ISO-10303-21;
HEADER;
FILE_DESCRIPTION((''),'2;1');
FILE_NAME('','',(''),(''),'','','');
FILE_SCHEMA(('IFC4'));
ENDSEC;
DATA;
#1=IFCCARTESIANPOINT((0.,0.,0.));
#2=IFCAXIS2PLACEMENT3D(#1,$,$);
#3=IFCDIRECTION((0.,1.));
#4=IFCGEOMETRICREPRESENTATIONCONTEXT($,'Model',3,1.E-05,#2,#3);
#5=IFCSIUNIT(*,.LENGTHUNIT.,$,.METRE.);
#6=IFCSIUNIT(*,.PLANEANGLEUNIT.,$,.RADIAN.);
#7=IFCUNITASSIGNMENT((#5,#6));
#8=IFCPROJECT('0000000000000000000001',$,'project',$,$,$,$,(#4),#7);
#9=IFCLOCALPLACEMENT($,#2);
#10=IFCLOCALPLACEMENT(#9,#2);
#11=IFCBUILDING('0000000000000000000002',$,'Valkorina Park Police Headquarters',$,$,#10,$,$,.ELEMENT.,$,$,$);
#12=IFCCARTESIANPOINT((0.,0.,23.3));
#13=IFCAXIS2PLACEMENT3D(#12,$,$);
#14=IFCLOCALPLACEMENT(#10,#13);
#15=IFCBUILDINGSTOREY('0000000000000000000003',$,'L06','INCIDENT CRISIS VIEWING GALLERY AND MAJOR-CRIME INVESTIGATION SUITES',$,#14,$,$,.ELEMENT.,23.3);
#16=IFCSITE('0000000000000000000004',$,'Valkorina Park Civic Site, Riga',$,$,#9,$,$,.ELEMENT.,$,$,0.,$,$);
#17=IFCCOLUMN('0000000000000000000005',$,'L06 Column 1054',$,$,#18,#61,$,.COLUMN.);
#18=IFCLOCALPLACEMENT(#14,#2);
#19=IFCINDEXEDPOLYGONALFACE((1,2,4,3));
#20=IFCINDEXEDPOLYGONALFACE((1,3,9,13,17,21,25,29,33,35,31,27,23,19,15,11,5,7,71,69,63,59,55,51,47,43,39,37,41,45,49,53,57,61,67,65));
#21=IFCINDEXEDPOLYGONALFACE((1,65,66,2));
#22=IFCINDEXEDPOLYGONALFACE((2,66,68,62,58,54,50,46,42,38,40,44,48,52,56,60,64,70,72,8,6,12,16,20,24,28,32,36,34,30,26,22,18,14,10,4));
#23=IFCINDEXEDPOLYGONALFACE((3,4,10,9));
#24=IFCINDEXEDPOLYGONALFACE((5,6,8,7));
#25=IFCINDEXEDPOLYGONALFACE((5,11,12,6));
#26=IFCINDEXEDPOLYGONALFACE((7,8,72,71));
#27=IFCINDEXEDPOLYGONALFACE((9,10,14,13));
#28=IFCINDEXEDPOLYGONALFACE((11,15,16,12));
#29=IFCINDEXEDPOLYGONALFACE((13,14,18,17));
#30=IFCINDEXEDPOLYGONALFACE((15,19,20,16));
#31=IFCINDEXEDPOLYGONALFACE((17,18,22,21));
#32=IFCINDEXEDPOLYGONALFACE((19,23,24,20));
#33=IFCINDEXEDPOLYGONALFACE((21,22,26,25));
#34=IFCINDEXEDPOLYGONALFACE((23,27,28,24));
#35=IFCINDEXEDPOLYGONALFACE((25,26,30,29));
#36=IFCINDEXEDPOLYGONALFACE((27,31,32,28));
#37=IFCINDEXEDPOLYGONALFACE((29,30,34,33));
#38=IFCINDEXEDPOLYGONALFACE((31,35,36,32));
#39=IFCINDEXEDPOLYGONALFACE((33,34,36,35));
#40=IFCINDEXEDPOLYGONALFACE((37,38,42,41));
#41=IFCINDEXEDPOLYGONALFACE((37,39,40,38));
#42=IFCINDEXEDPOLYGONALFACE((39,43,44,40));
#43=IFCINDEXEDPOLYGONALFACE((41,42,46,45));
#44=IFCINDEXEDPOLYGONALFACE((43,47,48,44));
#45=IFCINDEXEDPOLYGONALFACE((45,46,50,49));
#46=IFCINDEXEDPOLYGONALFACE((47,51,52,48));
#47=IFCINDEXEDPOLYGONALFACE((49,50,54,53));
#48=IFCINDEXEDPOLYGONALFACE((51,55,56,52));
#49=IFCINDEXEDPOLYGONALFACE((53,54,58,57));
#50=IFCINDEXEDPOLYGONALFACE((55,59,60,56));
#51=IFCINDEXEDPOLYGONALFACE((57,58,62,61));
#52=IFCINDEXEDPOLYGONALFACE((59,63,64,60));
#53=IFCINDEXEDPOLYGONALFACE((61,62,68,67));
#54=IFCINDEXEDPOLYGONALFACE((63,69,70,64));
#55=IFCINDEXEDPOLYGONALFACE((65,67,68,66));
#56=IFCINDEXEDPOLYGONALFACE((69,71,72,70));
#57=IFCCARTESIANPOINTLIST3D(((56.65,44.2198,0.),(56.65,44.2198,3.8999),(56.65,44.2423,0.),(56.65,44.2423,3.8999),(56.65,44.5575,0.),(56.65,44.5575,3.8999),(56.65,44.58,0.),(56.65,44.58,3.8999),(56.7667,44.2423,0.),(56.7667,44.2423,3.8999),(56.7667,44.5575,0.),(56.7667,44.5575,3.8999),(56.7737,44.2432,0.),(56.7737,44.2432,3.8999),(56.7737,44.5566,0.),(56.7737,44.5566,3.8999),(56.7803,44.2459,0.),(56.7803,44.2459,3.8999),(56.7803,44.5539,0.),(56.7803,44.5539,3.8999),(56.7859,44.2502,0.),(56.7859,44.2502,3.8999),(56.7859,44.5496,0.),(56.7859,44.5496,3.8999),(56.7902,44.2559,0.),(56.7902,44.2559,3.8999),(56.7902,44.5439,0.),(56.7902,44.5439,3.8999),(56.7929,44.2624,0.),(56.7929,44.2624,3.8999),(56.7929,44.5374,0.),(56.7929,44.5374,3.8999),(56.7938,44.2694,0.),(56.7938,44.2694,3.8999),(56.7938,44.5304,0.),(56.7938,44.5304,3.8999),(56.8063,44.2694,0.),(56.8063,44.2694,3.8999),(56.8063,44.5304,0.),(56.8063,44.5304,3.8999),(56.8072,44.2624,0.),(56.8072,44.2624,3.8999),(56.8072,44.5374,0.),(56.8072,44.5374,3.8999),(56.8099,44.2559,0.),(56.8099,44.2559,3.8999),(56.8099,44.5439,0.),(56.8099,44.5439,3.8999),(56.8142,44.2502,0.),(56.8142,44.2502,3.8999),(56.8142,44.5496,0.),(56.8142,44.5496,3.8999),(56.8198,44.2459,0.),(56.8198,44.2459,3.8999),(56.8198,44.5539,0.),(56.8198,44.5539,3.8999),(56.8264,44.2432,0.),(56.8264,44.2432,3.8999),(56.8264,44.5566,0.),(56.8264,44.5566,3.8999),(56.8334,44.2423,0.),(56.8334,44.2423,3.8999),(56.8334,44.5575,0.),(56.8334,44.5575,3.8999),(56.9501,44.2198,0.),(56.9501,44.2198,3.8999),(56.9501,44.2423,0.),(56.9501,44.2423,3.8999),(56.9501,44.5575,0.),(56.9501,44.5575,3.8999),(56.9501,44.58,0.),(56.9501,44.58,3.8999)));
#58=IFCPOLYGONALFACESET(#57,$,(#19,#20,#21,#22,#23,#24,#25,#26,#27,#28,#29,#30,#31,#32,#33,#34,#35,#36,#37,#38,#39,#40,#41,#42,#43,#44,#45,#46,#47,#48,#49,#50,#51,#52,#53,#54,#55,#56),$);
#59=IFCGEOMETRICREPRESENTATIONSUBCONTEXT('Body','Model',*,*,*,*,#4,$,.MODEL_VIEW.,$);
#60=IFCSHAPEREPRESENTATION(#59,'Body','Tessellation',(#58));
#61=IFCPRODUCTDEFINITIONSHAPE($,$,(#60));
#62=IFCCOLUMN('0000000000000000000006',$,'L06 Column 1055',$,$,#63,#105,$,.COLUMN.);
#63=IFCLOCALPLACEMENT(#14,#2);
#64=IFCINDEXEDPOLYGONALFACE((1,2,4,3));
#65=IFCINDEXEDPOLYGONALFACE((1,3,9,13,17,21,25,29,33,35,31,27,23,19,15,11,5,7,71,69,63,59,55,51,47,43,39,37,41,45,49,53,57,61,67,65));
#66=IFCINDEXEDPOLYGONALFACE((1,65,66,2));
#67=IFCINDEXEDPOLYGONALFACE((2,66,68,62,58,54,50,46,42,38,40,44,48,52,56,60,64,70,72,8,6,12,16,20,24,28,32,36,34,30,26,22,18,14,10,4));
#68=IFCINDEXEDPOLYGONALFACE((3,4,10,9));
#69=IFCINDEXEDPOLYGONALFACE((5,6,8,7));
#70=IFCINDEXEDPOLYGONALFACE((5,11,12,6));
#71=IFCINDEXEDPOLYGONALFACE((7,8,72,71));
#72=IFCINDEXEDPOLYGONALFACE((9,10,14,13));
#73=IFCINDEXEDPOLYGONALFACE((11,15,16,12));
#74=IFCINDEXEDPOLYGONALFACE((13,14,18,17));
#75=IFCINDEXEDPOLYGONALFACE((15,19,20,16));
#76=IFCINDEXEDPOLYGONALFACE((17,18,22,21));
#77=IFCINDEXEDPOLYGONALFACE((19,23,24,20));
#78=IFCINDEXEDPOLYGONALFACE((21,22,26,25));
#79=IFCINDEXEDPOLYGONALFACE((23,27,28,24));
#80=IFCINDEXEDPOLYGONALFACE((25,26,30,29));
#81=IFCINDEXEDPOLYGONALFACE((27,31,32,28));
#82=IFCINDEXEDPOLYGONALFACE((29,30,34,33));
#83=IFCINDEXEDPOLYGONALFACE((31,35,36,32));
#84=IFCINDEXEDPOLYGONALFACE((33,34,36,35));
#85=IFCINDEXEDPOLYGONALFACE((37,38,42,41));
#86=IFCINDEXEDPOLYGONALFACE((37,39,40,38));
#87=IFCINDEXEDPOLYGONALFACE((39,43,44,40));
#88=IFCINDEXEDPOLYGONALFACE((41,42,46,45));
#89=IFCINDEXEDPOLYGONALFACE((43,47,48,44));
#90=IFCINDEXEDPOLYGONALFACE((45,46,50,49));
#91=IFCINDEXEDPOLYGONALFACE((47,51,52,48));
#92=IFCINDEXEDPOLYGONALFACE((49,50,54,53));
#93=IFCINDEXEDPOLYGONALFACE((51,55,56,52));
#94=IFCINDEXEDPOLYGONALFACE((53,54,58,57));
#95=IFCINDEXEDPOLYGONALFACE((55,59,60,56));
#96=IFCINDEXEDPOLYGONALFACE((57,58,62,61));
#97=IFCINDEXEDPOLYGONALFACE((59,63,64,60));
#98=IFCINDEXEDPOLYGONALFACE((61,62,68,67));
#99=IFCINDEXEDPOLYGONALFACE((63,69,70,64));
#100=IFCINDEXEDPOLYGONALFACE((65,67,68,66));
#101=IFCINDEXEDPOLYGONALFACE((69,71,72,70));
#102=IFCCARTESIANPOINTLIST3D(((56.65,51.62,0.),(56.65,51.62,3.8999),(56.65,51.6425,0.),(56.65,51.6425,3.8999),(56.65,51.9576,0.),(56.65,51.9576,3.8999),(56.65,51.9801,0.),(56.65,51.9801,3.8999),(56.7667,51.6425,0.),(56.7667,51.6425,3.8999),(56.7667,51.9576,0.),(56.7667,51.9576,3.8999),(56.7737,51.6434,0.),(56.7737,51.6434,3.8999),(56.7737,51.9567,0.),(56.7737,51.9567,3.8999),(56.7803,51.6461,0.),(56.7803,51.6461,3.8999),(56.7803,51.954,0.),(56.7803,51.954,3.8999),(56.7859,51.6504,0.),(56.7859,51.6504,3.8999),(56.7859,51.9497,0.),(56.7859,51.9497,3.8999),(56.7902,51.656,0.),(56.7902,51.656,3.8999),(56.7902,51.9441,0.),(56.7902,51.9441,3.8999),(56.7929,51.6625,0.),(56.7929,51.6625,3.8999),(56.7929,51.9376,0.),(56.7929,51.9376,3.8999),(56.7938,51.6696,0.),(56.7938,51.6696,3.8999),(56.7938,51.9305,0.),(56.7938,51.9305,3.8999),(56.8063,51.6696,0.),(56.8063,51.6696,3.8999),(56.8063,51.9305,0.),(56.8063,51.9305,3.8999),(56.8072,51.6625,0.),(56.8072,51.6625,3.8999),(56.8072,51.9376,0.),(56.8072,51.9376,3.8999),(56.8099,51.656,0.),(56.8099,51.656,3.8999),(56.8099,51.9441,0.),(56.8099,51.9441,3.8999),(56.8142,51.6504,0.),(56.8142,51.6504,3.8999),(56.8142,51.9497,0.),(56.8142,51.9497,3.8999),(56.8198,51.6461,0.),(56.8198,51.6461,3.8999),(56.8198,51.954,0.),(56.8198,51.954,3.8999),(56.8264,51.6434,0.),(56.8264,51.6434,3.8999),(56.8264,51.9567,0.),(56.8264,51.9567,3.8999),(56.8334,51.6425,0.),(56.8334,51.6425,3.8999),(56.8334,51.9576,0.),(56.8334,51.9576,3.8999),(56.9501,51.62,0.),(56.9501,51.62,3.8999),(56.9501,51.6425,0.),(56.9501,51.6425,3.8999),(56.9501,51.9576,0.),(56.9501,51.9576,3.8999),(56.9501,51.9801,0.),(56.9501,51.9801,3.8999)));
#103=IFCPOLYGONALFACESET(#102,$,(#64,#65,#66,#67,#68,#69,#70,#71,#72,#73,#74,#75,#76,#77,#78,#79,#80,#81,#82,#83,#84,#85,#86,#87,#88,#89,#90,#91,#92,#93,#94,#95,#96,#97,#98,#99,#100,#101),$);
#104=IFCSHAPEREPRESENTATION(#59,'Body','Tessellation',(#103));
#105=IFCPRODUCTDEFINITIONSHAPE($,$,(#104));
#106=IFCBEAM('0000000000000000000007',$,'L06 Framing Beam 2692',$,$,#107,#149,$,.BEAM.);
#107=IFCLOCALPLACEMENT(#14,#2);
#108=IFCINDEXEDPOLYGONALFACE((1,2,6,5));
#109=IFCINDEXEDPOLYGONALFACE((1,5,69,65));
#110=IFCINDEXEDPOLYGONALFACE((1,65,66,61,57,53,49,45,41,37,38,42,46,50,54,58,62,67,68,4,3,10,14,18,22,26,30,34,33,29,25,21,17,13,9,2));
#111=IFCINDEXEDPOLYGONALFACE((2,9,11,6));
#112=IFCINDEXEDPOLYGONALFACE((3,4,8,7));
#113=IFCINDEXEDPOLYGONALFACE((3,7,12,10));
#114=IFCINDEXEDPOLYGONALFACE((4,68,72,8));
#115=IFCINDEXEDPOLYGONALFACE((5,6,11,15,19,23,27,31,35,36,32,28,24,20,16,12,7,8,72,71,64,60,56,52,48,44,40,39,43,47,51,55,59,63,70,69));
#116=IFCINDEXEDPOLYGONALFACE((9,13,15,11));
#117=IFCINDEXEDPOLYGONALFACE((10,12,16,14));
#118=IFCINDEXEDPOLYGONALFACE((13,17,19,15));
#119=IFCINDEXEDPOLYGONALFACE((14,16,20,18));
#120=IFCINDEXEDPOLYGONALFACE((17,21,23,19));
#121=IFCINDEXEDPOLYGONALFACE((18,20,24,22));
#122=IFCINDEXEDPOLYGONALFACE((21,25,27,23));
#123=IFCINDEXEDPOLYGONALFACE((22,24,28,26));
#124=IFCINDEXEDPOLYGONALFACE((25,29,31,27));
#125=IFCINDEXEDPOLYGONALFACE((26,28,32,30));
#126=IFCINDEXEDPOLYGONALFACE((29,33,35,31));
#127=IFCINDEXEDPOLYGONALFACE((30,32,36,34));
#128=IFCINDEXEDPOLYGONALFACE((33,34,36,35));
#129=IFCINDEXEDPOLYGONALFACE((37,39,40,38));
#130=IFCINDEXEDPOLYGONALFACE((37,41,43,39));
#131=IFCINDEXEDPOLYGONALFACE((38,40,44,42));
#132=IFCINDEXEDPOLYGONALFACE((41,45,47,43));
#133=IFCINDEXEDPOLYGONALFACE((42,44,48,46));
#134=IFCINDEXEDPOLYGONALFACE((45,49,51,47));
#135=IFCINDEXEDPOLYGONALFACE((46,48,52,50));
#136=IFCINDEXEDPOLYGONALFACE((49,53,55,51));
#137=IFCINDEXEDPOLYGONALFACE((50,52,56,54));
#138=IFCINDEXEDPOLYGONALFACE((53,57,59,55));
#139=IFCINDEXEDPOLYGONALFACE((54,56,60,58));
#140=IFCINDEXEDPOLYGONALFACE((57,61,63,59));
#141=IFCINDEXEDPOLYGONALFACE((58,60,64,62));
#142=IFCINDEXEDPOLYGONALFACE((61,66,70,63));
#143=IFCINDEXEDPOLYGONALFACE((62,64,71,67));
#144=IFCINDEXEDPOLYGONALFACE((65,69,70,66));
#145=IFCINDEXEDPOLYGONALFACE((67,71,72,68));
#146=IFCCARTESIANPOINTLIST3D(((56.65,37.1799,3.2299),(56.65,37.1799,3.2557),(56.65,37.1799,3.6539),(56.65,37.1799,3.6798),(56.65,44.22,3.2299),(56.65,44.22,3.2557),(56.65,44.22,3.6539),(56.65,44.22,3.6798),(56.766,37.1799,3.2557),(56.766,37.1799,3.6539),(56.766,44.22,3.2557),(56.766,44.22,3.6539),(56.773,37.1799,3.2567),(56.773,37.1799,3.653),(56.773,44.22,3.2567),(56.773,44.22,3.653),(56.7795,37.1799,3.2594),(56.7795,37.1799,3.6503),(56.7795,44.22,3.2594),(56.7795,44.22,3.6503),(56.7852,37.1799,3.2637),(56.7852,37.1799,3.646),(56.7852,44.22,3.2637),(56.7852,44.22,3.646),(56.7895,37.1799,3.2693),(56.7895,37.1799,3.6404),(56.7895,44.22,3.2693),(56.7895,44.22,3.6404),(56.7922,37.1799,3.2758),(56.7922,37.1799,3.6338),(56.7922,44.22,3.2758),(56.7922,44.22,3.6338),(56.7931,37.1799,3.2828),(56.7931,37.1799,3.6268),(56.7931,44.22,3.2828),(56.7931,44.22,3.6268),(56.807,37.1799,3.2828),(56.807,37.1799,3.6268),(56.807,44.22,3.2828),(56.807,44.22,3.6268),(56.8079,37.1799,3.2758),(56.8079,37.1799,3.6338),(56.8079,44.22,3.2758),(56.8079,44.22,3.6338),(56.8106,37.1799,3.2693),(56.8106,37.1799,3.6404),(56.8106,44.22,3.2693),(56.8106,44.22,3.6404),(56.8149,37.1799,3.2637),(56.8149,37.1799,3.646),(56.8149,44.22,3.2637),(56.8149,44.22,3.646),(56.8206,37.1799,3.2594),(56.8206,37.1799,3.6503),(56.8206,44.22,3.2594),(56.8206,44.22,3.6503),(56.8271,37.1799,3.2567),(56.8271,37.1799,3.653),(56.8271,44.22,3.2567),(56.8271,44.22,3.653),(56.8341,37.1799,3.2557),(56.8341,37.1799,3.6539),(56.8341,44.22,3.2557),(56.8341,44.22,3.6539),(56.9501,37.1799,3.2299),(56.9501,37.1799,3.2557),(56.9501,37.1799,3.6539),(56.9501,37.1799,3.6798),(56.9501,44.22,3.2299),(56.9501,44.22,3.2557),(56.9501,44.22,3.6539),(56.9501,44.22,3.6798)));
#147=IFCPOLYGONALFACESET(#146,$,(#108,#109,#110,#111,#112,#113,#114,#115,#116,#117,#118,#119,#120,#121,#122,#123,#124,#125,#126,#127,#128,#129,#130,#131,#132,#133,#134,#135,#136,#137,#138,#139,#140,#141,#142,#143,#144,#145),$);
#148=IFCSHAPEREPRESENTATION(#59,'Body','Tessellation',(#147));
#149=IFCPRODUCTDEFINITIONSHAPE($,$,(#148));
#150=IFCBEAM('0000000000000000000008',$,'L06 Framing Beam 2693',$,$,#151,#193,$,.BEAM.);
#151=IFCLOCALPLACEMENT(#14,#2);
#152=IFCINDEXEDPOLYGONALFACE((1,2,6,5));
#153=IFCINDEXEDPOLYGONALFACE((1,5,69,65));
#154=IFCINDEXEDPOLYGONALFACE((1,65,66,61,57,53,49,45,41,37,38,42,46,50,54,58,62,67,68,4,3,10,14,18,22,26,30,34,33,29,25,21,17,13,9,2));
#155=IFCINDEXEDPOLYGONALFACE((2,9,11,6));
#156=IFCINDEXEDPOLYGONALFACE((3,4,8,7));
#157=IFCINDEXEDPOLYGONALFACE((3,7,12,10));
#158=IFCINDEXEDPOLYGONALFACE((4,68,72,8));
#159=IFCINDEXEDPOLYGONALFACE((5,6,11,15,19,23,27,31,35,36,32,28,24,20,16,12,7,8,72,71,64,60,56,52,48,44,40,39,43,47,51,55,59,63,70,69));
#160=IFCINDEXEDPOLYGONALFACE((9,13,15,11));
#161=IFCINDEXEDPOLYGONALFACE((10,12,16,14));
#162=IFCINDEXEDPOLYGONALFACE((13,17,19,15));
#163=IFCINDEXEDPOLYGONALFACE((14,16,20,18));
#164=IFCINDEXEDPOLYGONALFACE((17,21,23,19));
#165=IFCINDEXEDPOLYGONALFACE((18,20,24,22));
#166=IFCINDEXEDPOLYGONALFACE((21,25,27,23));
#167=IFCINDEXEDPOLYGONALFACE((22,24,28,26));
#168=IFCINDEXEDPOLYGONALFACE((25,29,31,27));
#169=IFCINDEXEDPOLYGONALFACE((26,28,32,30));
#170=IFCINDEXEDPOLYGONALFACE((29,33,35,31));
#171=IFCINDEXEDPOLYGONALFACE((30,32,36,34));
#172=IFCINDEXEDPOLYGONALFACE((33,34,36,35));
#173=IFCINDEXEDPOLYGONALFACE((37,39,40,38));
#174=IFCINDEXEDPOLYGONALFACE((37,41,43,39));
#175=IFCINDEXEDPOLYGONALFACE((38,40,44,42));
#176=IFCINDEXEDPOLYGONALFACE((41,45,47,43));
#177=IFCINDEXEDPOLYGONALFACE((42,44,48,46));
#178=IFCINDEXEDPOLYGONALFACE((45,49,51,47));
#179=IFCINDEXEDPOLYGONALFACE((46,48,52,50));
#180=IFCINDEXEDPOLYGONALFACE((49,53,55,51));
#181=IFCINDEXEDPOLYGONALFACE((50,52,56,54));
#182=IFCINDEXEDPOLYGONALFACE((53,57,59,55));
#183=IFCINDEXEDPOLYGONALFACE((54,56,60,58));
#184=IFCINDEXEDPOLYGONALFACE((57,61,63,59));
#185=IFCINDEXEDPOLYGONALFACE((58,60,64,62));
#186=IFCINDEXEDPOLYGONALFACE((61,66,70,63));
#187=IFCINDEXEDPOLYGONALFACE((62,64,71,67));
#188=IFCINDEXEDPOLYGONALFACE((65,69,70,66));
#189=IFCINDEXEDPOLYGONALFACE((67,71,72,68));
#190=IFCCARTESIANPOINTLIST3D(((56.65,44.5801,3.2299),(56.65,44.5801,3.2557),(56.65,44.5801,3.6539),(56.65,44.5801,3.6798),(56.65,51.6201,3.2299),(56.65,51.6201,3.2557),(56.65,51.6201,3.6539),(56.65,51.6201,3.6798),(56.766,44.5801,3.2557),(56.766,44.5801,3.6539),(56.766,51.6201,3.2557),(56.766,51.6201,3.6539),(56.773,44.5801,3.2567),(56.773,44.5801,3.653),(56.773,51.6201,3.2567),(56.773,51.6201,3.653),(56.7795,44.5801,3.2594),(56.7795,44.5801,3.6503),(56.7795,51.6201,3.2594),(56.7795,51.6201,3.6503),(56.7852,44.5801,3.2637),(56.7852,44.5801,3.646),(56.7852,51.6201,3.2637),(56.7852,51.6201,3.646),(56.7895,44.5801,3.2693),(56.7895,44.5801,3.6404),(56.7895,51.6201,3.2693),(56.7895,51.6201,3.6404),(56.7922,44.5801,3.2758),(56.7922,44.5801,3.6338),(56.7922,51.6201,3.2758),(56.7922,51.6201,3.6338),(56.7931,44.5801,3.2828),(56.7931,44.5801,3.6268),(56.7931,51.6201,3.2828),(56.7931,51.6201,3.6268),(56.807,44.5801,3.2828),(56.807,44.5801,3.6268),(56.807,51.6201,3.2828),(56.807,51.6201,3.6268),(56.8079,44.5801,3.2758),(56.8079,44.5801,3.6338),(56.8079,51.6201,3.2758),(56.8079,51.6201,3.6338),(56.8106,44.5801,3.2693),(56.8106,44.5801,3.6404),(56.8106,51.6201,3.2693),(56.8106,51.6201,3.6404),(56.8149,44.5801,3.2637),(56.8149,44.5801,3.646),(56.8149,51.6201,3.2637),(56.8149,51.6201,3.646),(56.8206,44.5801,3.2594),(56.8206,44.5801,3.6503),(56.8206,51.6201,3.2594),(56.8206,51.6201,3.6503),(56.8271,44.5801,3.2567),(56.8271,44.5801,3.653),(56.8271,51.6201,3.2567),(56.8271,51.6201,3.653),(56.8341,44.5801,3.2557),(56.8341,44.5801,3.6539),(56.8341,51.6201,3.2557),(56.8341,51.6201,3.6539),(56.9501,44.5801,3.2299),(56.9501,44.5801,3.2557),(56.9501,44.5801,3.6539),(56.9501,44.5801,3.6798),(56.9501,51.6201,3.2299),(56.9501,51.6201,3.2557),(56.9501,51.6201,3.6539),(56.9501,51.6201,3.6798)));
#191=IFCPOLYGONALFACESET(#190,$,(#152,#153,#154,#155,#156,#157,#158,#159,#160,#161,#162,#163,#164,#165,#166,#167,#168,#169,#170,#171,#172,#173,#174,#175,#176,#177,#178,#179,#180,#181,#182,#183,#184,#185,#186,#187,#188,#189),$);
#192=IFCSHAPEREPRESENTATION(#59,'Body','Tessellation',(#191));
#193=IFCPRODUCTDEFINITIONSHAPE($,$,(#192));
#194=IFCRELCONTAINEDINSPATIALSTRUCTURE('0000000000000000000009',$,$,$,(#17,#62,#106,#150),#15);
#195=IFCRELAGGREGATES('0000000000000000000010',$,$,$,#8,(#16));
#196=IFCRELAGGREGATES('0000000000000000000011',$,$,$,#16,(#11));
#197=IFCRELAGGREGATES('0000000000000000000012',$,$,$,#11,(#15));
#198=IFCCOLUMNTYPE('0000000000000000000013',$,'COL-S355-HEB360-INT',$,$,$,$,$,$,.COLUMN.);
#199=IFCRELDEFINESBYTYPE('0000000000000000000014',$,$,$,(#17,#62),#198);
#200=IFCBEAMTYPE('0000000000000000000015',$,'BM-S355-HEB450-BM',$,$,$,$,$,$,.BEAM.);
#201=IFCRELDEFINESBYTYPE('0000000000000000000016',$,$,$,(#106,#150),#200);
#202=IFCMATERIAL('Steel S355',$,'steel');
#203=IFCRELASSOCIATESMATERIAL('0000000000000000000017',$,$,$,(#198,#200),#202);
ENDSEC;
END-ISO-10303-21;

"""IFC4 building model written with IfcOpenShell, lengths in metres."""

from ifc_helpers import new_model, si_unit, direction, frame, origin, origin_2d, place, context, subcontext, project, spatial, i_section, extrude, material, material_profile, profile_set, type_object, element, save


model = new_model("IFC4")

# Units and contexts
model_context = context("Model", 3, precision=1e-05, world=origin(), true_north=direction((0.0, 1.0)))
body_context = subcontext(model_context, "Body", "Model", "MODEL_VIEW")
ifc_project = project(units=[si_unit("LENGTHUNIT", "METRE"), si_unit("PLANEANGLEUNIT", "RADIAN")], contexts=[model_context])

# Site, building, storey
site_placement = place(None, origin())
site = spatial("IfcSite", under=ifc_project, at=site_placement, Name="Valkorina Park Civic Site, Riga", CompositionType="ELEMENT", RefElevation=0.0)
building_placement = place(site_placement, origin())
building = spatial("IfcBuilding", under=site, at=building_placement, Name="Valkorina Park Police Headquarters", CompositionType="ELEMENT")
storey_placement = place(building_placement, frame((0.0, 0.0, 23.3)))
storey = spatial("IfcBuildingStorey", under=building, at=storey_placement, Name="L06", Description="INCIDENT CRISIS VIEWING GALLERY AND MAJOR-CRIME INVESTIGATION SUITES", CompositionType="ELEMENT", Elevation=23.3)

# Columns
ifc_material_1 = material(Name="Steel S355", Category="steel")
ifc_material_profile_1 = material_profile(ifc_material_1, i_section(OverallWidth=0.3, OverallDepth=0.3601, WebThickness=0.0125, FlangeThickness=0.0225, FilletRadius=0.0271, at=origin_2d()), Name="HEB 360")
ifc_profile_set_1 = profile_set([ifc_material_profile_1], Name="Steel S355")
column_type = type_object("IfcColumnType", Name="COL-S355-HEB360-INT", PredefinedType="COLUMN", material=ifc_profile_set_1)
for number, where, z_axis, x_axis, name in (
    (1, (56.8, 44.3999, 0.0), (0.0, 0.0, 1.0), (1.0, 0.0, 0.0), "L06 Column 1054"),
    (2, (56.8, 51.8, 0.0), (0.0, 0.0, 1.0), (1.0, 0.0, 0.0), "L06 Column 1055"),
):
    element("IfcColumn", number, at=place(storey_placement, frame(where, z_axis=z_axis, x_axis=x_axis)), inside=storey, type_object=column_type, Name=name, PredefinedType="COLUMN", context=body_context, shape_type="SweptSolid", body=[
        extrude(i_section(OverallWidth=0.3, OverallDepth=0.3601, WebThickness=0.0125, FlangeThickness=0.0225, FilletRadius=0.0271, at=origin_2d()), origin(), (0.0, 0.0, 1.0), 3.8999),
    ])

# Beams
ifc_material_profile_2 = material_profile(ifc_material_1, i_section(OverallWidth=0.3, OverallDepth=0.45, WebThickness=0.0139, FlangeThickness=0.0259, FilletRadius=0.0271, at=origin_2d()), Name="HEB 450")
ifc_profile_set_2 = profile_set([ifc_material_profile_2], Name="Steel S355")
beam_type = type_object("IfcBeamType", Name="BM-S355-HEB450-BM", PredefinedType="BEAM", material=ifc_profile_set_2)
for number, where, z_axis, x_axis, name in (
    (3, (56.8, 37.1799, 3.4548), (0.0, 1.0, 0.0), (-1.0, 0.0, 0.0), "L06 Framing Beam 2692"),
    (4, (56.8, 44.5801, 3.4548), (0.0, 1.0, 0.0), (-1.0, 0.0, 0.0), "L06 Framing Beam 2693"),
):
    element("IfcBeam", number, at=place(storey_placement, frame(where, z_axis=z_axis, x_axis=x_axis)), inside=storey, type_object=beam_type, Name=name, PredefinedType="BEAM", context=body_context, shape_type="SweptSolid", body=[
        extrude(i_section(OverallWidth=0.3, OverallDepth=0.45, WebThickness=0.0139, FlangeThickness=0.0259, FilletRadius=0.0271, at=origin_2d()), origin(), (0.0, 0.0, 1.0), 7.04),
    ])

save(model, "model.ifc")
